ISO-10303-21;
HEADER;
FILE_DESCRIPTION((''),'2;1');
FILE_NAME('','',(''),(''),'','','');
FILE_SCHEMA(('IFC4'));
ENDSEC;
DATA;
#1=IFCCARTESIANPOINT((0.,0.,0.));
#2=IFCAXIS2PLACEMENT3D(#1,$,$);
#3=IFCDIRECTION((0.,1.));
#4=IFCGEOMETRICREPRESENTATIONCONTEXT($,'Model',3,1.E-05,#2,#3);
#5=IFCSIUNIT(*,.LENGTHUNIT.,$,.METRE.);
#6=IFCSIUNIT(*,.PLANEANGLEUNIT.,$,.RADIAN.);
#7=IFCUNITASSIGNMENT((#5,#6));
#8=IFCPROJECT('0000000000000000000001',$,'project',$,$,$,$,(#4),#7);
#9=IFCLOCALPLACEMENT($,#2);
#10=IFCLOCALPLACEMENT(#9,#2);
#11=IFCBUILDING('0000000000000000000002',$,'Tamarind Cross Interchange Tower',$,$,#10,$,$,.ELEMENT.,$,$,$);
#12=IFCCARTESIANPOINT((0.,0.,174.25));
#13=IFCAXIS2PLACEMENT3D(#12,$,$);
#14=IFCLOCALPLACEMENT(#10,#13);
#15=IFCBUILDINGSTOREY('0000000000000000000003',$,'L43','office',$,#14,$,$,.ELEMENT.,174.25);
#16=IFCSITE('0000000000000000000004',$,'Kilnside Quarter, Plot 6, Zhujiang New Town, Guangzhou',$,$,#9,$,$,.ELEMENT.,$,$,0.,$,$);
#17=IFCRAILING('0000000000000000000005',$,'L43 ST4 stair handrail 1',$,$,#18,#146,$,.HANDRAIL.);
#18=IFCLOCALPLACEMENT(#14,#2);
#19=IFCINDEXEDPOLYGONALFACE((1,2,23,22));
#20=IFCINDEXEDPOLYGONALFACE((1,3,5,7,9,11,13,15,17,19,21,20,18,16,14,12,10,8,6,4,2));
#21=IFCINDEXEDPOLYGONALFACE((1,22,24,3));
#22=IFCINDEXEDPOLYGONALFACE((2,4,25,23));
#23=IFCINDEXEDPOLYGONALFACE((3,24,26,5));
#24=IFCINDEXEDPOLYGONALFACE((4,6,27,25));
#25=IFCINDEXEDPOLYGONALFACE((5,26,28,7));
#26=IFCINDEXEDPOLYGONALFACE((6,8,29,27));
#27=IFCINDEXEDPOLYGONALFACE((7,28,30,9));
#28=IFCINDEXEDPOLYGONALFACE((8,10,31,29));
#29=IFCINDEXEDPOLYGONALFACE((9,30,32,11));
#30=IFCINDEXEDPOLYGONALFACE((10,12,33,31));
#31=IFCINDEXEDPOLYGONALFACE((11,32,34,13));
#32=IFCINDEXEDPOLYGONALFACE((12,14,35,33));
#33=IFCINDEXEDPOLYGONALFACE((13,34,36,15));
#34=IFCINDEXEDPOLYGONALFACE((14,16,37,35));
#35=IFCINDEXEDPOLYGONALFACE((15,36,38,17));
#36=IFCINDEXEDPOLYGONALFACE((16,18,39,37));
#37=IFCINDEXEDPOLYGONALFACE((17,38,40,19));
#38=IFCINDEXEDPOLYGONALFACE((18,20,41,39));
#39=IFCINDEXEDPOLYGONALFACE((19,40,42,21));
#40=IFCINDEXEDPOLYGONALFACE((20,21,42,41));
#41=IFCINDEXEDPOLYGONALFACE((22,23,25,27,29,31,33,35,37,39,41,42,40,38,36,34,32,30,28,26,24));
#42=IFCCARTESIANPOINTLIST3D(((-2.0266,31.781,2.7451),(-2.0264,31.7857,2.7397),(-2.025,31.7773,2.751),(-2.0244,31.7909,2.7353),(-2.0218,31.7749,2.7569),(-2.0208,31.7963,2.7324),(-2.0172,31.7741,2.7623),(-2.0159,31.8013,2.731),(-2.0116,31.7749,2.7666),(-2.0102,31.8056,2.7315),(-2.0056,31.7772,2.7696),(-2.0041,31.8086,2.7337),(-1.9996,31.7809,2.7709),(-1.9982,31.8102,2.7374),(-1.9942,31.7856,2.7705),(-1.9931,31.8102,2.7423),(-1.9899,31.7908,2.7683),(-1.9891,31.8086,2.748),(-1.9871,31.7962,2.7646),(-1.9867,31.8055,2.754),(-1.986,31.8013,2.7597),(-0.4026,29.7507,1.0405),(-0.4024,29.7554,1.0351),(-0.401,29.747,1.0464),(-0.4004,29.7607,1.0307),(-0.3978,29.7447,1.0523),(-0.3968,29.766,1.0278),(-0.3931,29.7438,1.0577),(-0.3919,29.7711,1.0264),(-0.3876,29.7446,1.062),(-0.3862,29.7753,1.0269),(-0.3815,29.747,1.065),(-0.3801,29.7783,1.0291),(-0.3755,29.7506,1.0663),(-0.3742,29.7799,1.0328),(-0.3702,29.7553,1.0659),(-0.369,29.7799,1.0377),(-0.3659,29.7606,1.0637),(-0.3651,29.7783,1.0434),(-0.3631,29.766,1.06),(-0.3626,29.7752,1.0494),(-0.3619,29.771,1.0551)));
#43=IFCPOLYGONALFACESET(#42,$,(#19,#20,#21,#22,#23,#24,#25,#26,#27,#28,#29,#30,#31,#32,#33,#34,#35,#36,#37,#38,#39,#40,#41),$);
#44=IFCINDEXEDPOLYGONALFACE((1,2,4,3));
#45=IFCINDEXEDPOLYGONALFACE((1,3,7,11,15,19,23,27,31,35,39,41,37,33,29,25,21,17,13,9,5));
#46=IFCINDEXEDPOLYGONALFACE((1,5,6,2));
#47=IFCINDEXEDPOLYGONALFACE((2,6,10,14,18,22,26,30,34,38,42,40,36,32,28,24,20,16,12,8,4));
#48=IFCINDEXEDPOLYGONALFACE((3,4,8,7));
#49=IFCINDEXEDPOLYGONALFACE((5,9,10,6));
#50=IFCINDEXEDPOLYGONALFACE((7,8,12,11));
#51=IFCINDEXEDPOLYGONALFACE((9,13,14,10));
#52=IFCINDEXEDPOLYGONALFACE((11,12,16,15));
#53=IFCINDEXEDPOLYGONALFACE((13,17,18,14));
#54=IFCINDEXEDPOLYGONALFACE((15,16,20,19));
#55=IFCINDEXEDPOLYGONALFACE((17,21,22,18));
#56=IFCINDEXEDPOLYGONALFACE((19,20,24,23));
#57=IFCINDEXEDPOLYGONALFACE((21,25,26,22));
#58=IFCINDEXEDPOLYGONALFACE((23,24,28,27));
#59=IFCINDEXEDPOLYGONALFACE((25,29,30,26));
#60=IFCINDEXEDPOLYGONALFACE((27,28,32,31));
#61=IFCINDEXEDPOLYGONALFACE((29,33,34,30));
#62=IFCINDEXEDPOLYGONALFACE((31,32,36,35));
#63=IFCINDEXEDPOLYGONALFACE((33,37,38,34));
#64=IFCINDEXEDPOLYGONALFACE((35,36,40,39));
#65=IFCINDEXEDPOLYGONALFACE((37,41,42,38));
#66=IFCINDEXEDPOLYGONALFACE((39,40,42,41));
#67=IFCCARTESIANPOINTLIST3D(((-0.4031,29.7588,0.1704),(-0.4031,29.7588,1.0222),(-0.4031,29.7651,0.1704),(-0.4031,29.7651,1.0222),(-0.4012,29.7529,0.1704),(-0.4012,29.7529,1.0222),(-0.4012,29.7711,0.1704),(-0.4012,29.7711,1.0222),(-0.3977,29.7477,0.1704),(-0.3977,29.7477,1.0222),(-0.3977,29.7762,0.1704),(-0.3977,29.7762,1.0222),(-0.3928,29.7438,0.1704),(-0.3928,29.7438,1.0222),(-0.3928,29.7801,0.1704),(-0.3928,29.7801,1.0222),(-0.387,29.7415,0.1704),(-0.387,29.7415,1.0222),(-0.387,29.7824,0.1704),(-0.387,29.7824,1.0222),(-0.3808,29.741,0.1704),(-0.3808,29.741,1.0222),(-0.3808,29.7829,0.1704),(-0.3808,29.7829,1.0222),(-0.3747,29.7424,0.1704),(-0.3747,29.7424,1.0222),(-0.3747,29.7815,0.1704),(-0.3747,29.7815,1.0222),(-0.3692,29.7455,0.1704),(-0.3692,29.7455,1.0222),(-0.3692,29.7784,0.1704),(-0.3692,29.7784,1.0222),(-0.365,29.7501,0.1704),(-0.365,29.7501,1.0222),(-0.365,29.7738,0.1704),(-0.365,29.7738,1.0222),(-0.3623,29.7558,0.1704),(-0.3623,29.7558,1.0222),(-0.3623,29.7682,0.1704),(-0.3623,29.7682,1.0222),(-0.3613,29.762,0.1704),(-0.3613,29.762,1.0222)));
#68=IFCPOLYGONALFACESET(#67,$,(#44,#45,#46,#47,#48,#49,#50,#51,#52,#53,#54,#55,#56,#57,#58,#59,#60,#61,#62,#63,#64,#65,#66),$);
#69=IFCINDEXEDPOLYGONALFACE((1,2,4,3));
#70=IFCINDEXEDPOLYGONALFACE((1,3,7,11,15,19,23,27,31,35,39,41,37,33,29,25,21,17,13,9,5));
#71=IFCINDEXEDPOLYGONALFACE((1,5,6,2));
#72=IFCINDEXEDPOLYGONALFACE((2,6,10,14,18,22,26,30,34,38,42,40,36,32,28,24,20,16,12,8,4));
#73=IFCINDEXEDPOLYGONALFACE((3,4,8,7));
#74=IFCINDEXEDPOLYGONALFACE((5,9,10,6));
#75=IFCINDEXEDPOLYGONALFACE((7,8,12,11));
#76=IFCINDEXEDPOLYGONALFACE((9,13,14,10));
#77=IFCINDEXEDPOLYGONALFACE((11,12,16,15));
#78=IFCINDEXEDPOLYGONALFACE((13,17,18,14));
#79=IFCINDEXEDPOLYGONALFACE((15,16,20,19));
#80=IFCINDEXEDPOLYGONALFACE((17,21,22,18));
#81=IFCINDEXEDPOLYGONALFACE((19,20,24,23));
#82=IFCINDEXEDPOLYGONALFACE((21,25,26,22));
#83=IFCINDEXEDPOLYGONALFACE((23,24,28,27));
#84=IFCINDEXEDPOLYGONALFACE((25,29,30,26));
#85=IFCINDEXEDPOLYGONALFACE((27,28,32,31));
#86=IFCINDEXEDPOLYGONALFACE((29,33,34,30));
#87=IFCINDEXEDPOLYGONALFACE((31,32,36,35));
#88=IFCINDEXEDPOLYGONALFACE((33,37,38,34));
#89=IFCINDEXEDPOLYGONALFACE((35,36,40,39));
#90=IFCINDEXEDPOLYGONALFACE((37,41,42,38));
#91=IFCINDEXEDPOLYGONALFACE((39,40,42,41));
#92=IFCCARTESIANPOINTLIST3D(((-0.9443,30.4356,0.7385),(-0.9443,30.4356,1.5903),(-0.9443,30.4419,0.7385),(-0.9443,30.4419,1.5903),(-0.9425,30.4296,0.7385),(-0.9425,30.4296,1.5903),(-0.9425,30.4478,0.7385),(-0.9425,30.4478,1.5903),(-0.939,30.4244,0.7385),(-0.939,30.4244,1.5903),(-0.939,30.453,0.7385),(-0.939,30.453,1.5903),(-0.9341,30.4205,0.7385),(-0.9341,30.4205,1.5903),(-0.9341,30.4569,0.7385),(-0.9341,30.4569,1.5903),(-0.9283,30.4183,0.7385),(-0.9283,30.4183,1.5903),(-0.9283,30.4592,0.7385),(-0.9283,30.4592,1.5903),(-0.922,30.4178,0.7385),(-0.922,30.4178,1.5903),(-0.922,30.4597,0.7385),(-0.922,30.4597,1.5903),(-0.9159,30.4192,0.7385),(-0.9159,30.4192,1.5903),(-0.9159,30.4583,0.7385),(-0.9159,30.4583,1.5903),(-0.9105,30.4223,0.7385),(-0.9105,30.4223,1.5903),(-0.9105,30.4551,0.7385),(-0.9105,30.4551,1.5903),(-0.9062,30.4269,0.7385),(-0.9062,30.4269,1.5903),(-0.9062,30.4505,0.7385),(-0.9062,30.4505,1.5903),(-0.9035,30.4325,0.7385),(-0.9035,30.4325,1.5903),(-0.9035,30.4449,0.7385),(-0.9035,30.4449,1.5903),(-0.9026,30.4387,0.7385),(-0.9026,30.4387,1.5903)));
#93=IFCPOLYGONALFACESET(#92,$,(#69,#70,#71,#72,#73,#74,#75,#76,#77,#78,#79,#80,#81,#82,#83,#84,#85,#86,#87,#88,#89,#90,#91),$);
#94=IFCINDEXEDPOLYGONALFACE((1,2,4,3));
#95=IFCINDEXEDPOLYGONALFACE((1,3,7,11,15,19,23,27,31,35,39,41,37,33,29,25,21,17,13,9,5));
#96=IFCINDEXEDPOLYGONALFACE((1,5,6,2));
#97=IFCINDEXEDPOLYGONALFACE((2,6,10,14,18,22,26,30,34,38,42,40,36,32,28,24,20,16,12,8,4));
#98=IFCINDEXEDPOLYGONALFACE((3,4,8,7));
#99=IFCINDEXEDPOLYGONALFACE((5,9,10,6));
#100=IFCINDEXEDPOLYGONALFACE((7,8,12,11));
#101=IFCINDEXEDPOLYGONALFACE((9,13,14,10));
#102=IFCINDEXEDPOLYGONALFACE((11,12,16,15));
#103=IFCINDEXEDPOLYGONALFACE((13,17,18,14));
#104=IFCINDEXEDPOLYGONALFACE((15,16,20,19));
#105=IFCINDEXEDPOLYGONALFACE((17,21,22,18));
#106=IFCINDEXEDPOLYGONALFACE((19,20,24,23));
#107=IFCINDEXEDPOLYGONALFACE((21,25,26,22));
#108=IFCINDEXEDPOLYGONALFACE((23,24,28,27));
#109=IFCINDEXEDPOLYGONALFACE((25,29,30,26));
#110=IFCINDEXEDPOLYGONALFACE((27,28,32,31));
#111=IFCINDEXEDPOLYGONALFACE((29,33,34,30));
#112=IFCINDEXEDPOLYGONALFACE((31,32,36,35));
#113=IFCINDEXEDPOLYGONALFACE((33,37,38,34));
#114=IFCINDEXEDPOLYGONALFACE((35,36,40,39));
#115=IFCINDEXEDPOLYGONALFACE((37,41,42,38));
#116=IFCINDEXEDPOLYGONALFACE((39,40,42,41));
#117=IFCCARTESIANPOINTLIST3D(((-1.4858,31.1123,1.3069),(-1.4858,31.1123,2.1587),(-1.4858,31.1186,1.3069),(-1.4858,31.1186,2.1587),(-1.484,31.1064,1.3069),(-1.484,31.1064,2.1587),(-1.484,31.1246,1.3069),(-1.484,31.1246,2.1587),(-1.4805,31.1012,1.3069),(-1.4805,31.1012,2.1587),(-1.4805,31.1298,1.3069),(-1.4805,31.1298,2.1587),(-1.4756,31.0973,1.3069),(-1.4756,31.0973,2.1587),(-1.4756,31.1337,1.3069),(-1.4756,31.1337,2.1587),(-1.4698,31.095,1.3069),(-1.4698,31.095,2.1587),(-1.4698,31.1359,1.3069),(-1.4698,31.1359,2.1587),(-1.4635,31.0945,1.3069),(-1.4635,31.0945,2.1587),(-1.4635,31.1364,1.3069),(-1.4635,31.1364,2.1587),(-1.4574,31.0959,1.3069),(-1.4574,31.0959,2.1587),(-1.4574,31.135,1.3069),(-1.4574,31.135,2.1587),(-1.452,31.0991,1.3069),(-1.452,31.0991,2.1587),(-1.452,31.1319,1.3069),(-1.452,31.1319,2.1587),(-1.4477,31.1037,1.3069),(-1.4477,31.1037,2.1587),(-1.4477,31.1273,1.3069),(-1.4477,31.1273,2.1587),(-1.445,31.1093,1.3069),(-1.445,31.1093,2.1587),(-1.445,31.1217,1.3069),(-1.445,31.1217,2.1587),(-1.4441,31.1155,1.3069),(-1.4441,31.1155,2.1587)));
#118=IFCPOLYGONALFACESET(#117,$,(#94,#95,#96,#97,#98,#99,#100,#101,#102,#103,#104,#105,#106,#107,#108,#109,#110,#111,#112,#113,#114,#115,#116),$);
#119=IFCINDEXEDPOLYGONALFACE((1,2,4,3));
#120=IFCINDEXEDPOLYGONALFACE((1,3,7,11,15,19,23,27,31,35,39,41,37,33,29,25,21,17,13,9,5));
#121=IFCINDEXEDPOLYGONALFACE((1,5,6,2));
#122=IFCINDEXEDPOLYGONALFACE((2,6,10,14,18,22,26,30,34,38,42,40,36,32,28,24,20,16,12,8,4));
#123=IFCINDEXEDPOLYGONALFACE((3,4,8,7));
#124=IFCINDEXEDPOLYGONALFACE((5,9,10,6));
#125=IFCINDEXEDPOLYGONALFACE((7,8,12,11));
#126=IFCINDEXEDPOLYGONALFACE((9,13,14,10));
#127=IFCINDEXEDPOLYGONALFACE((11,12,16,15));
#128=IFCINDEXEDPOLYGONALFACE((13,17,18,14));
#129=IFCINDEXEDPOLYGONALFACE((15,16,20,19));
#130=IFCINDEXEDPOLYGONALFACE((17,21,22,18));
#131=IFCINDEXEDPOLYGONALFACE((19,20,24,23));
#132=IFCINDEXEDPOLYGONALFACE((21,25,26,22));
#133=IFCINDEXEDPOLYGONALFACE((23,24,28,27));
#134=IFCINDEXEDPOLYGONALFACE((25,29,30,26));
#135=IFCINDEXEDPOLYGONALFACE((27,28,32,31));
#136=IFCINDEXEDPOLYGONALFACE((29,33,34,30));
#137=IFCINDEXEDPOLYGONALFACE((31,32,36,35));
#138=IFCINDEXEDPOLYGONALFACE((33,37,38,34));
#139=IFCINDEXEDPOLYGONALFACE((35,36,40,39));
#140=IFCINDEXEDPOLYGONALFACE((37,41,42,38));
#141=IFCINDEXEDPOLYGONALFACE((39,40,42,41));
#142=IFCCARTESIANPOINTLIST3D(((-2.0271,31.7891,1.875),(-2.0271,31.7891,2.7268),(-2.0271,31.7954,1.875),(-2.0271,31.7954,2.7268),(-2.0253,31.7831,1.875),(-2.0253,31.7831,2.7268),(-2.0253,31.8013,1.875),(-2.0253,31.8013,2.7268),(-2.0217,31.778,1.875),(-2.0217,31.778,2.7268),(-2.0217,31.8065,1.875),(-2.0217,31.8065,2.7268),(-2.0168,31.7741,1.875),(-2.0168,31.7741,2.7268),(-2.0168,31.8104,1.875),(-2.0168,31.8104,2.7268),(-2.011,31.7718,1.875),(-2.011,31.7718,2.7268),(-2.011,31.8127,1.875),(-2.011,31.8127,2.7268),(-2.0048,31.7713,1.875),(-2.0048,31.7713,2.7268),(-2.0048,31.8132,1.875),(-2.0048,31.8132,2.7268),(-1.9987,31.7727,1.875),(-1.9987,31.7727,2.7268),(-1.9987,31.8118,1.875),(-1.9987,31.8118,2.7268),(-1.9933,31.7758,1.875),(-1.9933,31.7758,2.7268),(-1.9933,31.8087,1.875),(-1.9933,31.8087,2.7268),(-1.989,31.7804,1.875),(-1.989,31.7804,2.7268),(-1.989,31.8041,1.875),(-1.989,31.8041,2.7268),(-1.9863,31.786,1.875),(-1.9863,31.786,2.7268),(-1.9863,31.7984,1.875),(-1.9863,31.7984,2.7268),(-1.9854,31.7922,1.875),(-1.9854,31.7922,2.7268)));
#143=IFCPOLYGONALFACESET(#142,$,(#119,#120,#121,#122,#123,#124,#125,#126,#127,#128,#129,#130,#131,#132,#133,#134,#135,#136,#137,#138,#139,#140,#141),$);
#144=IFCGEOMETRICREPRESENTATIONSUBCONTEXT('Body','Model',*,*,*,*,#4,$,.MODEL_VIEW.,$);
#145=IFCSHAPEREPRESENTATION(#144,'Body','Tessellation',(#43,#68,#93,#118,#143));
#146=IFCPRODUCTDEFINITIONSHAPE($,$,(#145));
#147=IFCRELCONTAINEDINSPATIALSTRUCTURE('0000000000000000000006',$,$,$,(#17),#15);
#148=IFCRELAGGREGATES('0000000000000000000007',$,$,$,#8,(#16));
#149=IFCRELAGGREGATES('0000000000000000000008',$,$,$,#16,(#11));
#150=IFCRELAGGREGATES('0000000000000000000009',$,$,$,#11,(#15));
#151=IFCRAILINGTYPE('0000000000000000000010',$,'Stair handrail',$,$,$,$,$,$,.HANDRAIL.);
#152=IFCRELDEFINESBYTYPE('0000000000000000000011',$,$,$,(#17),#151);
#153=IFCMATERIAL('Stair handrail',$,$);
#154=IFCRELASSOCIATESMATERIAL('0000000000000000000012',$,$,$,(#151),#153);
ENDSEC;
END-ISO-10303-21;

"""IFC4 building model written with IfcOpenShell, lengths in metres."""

from ifc_helpers import new_model, si_unit, direction, frame, origin, origin_2d, place, context, subcontext, project, spatial, circle, extrude, material, type_object, element, save


model = new_model("IFC4")

# Units and contexts
model_context = context("Model", 3, precision=1e-05, world=origin(), true_north=direction((0.0, 1.0)))
body_context = subcontext(model_context, "Body", "Model", "MODEL_VIEW")
ifc_project = project(units=[si_unit("LENGTHUNIT", "METRE"), si_unit("PLANEANGLEUNIT", "RADIAN")], contexts=[model_context])

# Site, building, storey
site_placement = place(None, origin())
site = spatial("IfcSite", under=ifc_project, at=site_placement, Name="Kilnside Quarter, Plot 6, Zhujiang New Town, Guangzhou", CompositionType="ELEMENT", RefElevation=0.0)
building_placement = place(site_placement, origin())
building = spatial("IfcBuilding", under=site, at=building_placement, Name="Tamarind Cross Interchange Tower", CompositionType="ELEMENT")
storey_placement = place(building_placement, frame((0.0, 0.0, 174.25)))
storey = spatial("IfcBuildingStorey", under=building, at=storey_placement, Name="L43", Description="office", CompositionType="ELEMENT", Elevation=174.25)

# Railing
ifc_material_1 = material(Name="Stair handrail")
railing_type_1 = type_object("IfcRailingType", Name="Stair handrail", PredefinedType="HANDRAIL", material=ifc_material_1)
railing_1_placement = place(storey_placement, frame((-0.3823, 29.762, 0.1704)))
element("IfcRailing", 1, at=railing_1_placement, inside=storey, type_object=railing_type_1, Name="L43 ST4 stair handrail 1", PredefinedType="HANDRAIL", context=body_context, shape_type="SweptSolid", body=[
    extrude(circle(Radius=0.0239, at=origin_2d()), frame((0.0, 0.0, 0.876), z_axis=(-0.522383, 0.653058, 0.548298), x_axis=(-0.780905, -0.624649, 0.0)), (0.0, 0.0, 1.0), 3.1089),
    extrude(circle(Radius=0.021, at=origin_2d()), origin(), (0.0, 0.0, 1.0), 0.8518),
    extrude(circle(Radius=0.021, at=origin_2d()), frame((-0.5413, 0.6768, 0.5681)), (0.0, 0.0, 1.0), 0.8518),
    extrude(circle(Radius=0.021, at=origin_2d()), frame((-1.0828, 1.3535, 1.1365)), (0.0, 0.0, 1.0), 0.8518),
    extrude(circle(Radius=0.021, at=origin_2d()), frame((-1.624, 2.0303, 1.7046)), (0.0, 0.0, 1.0), 0.8518),
])

save(model, "model.ifc")
